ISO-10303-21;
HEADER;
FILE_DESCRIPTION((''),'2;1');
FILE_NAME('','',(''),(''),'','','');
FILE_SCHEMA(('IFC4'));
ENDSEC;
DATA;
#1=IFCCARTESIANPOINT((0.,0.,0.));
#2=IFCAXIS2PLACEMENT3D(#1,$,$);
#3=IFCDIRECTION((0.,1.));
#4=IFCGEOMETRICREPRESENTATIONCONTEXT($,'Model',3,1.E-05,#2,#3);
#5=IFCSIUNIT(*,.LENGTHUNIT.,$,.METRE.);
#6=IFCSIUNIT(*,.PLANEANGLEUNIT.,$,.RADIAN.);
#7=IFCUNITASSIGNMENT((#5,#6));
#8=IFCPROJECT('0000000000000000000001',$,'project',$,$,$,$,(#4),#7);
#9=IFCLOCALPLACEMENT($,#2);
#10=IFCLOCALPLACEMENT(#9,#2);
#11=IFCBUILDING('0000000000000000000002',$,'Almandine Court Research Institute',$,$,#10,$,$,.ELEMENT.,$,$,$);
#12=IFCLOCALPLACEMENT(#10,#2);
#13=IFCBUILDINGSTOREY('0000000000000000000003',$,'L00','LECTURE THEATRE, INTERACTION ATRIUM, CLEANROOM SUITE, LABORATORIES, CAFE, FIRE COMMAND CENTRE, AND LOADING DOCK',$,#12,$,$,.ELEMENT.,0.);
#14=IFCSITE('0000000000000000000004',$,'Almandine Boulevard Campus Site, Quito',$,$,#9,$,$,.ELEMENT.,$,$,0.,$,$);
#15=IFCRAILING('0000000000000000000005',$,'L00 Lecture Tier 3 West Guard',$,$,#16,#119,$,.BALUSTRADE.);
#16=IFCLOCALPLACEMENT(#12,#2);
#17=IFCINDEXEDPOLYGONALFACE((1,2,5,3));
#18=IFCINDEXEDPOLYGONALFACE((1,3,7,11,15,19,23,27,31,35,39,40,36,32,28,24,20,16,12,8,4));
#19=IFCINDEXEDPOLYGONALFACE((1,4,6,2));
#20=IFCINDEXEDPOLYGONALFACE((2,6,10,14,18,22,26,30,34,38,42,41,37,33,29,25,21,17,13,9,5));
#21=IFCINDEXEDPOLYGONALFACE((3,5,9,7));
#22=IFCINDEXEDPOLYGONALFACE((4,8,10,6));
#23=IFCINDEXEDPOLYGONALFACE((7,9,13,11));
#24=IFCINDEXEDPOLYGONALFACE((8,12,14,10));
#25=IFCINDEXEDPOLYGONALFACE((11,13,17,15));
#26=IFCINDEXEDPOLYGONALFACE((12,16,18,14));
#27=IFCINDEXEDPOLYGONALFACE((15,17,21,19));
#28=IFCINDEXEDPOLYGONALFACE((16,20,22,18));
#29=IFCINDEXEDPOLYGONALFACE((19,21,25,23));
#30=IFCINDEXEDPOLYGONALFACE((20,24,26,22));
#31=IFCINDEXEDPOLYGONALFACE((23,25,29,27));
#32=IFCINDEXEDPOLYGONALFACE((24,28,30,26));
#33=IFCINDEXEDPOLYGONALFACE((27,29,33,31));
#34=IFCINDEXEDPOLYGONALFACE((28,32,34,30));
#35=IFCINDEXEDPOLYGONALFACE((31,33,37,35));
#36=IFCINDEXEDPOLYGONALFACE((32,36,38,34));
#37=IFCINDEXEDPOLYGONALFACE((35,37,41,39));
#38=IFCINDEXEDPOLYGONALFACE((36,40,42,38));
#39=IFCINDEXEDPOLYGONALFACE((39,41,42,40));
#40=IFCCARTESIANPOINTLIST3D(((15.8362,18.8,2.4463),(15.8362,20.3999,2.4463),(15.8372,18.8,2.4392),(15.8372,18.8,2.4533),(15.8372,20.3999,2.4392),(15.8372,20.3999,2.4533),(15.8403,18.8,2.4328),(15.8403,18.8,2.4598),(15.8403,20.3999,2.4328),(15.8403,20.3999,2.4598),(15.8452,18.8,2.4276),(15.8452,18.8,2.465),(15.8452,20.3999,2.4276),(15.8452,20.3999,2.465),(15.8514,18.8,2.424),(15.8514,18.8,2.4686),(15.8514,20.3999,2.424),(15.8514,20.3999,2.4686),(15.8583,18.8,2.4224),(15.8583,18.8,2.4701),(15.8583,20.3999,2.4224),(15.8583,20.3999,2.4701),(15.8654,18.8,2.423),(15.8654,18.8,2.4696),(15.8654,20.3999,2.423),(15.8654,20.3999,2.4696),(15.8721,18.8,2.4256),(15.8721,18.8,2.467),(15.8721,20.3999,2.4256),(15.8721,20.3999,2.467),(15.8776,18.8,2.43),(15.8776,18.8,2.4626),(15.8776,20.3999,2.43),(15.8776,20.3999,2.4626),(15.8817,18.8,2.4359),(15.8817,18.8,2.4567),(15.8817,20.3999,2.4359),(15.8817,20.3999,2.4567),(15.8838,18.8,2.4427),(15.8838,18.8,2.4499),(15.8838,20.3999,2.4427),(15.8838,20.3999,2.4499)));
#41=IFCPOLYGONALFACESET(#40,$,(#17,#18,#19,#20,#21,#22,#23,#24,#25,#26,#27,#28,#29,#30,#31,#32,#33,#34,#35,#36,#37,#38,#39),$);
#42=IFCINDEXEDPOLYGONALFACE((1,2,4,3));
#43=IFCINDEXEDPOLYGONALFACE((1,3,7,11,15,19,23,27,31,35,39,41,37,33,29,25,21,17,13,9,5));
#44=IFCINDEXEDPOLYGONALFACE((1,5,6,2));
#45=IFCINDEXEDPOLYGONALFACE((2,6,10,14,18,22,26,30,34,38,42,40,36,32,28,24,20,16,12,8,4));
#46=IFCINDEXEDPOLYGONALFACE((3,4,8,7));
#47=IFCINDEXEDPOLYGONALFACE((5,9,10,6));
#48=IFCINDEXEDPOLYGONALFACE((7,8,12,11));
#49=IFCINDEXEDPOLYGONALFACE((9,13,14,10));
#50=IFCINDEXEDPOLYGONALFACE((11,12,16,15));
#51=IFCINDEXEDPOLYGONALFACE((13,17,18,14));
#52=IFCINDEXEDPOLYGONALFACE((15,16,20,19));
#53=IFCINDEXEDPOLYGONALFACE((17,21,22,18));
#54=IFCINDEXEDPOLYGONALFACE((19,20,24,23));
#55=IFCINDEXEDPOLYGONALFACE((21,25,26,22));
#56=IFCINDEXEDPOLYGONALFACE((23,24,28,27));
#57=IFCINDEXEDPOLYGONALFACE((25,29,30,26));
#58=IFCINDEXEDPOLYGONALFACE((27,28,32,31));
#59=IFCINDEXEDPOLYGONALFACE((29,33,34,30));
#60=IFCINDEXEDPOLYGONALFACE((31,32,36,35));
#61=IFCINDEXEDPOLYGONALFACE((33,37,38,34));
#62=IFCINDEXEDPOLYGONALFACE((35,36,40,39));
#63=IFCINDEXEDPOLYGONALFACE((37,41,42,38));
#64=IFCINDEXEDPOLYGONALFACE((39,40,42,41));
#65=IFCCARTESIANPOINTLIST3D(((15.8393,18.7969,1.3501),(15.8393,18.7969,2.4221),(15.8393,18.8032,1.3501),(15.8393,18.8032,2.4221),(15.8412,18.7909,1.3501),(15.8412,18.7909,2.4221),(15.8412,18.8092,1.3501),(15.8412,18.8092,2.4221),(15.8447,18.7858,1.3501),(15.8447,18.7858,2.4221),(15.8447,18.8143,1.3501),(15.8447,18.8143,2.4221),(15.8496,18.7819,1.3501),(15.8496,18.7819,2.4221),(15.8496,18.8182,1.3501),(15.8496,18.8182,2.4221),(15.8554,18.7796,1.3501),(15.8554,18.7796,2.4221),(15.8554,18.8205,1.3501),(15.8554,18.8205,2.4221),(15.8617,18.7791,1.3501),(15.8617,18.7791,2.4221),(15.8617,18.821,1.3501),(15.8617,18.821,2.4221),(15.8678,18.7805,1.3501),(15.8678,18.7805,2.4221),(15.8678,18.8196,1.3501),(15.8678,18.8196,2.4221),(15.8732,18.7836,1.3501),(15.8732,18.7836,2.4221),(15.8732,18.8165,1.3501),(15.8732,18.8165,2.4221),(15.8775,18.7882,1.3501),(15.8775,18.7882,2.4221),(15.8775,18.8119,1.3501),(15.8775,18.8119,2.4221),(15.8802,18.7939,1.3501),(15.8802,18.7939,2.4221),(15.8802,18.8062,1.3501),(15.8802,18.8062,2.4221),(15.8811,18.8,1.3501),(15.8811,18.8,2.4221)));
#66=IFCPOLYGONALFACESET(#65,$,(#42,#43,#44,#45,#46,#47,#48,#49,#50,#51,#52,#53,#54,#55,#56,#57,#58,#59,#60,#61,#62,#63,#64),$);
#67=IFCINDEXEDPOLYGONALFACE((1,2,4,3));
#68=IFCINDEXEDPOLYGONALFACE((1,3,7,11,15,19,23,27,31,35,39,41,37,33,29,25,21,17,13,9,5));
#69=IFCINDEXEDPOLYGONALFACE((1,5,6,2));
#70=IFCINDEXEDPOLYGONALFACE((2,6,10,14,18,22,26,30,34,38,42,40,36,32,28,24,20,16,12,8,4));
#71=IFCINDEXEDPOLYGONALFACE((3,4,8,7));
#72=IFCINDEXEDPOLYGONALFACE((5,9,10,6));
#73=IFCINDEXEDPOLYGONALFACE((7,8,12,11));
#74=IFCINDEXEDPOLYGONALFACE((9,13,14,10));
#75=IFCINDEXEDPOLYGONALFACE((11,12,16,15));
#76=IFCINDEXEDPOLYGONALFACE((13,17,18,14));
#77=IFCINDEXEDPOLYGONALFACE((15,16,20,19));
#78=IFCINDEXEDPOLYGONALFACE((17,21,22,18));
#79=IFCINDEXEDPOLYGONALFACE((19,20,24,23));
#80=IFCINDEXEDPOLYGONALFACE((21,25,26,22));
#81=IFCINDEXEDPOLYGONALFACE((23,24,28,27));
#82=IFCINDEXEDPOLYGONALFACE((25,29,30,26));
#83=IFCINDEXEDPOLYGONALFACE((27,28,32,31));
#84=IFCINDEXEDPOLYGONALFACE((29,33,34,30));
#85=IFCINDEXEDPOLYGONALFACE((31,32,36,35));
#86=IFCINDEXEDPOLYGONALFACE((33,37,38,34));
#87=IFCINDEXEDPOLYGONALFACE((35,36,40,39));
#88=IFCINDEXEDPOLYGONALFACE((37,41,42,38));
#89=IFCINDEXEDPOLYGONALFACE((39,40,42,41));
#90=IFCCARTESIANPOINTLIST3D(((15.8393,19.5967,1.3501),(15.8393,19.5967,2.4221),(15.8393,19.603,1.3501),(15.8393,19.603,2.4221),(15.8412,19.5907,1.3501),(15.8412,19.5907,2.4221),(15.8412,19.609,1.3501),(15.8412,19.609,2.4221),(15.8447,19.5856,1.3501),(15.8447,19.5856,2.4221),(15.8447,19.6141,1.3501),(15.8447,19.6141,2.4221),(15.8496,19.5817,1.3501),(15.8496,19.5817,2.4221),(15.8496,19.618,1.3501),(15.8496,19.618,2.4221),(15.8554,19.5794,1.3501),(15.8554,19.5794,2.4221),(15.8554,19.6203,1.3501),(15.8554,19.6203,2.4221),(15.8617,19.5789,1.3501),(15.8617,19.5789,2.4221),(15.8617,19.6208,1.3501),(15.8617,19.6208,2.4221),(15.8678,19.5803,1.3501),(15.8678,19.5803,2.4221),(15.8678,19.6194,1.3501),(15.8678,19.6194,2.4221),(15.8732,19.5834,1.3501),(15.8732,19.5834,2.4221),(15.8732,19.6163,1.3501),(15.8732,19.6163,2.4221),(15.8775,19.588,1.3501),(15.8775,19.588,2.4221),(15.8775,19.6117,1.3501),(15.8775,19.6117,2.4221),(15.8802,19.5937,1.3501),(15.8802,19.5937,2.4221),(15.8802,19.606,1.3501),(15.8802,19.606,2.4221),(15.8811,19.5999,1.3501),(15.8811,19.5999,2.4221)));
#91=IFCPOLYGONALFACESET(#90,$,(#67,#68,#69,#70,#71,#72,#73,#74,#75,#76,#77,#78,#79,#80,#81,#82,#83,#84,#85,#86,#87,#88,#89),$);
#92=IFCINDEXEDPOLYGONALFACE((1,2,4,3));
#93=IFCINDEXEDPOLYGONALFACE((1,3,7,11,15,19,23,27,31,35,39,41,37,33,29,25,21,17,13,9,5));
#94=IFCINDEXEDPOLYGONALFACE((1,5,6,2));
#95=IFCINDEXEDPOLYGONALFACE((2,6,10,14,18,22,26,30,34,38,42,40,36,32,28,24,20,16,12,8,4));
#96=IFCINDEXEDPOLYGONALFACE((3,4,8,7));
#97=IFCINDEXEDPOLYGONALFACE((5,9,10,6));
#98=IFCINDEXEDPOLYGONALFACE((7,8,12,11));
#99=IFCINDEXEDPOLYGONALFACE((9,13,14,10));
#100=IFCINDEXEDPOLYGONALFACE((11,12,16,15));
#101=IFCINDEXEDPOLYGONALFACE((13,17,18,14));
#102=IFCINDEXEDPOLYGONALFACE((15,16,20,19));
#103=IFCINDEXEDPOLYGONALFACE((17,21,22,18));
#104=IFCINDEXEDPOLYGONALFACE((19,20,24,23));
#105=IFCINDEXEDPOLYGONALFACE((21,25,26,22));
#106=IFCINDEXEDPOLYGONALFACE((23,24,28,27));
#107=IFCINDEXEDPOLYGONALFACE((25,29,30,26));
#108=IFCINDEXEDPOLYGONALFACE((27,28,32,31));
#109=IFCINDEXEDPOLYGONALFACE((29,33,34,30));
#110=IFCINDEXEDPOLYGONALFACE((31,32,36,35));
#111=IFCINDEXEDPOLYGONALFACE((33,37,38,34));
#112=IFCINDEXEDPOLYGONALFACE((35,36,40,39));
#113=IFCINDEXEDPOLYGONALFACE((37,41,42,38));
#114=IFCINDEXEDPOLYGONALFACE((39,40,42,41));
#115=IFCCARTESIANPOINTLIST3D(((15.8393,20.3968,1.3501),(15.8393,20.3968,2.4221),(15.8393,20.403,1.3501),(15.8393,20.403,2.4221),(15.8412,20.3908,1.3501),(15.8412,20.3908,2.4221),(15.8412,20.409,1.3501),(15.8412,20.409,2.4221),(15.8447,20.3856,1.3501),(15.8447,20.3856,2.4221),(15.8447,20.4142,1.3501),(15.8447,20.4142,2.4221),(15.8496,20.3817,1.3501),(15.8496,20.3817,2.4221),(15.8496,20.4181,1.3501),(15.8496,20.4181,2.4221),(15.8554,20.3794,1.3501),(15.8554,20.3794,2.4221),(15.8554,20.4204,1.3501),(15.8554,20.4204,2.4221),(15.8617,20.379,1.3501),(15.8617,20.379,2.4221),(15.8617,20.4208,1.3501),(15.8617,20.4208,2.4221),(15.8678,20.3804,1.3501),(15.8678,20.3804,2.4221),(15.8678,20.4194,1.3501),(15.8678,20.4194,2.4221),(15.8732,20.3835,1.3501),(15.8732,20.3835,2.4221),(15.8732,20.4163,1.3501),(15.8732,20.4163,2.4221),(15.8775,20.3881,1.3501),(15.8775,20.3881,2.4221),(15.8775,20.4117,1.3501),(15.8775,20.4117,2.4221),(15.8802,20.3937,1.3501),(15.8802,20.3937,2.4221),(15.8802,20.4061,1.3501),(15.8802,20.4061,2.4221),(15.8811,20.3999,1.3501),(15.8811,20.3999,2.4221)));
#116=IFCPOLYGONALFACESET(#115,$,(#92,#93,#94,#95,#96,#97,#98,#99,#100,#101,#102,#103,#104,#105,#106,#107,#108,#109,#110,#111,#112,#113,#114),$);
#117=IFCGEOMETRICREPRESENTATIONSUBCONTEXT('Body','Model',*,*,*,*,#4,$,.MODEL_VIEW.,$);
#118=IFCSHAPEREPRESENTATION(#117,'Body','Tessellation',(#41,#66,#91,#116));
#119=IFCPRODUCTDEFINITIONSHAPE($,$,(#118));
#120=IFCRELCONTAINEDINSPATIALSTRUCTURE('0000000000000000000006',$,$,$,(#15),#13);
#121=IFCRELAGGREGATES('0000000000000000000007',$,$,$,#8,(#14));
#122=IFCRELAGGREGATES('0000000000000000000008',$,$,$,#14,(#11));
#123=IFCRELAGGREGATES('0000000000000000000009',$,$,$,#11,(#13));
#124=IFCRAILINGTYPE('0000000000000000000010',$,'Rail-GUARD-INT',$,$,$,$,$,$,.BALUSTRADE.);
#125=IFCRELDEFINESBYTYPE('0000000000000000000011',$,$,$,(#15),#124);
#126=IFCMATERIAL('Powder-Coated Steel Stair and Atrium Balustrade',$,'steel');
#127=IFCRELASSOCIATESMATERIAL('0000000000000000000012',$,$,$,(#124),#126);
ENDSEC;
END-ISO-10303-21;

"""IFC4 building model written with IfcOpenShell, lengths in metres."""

from ifc_helpers import new_model, si_unit, direction, frame, origin, origin_2d, place, context, subcontext, project, spatial, circle, extrude, material, type_object, element, save


model = new_model("IFC4")

# Units and contexts
model_context = context("Model", 3, precision=1e-05, world=origin(), true_north=direction((0.0, 1.0)))
body_context = subcontext(model_context, "Body", "Model", "MODEL_VIEW")
ifc_project = project(units=[si_unit("LENGTHUNIT", "METRE"), si_unit("PLANEANGLEUNIT", "RADIAN")], contexts=[model_context])

# Site, building, storey
site_placement = place(None, origin())
site = spatial("IfcSite", under=ifc_project, at=site_placement, Name="Almandine Boulevard Campus Site, Quito", CompositionType="ELEMENT", RefElevation=0.0)
building_placement = place(site_placement, origin())
building = spatial("IfcBuilding", under=site, at=building_placement, Name="Almandine Court Research Institute", CompositionType="ELEMENT")
storey_placement = place(building_placement, origin())
storey = spatial("IfcBuildingStorey", under=building, at=storey_placement, Name="L00", Description="LECTURE THEATRE, INTERACTION ATRIUM, CLEANROOM SUITE, LABORATORIES, CAFE, FIRE COMMAND CENTRE, AND LOADING DOCK", CompositionType="ELEMENT", Elevation=0.0)

# Railing
ifc_material_1 = material(Name="Powder-Coated Steel Stair and Atrium Balustrade", Category="steel")
railing_type = type_object("IfcRailingType", Name="Rail-GUARD-INT", PredefinedType="BALUSTRADE", material=ifc_material_1)
railing_1_placement = place(storey_placement, frame((15.8601, 18.8, 1.3501)))
element("IfcRailing", 1, at=railing_1_placement, inside=storey, type_object=railing_type, Name="L00 Lecture Tier 3 West Guard", PredefinedType="BALUSTRADE", context=body_context, shape_type="SweptSolid", body=[
    extrude(circle(Radius=0.0239, at=origin_2d()), frame((0.0, 0.0, 1.0962), z_axis=(0.0, 1.0, 0.0), x_axis=(-1.0, 0.0, 0.0)), (0.0, 0.0, 1.0), 1.5999),
    extrude(circle(Radius=0.021, at=origin_2d()), origin(), (0.0, 0.0, 1.0), 1.072),
    extrude(circle(Radius=0.021, at=origin_2d()), frame((0.0, 0.7998, 0.0)), (0.0, 0.0, 1.0), 1.072),
    extrude(circle(Radius=0.021, at=origin_2d()), frame((0.0, 1.5999, 0.0)), (0.0, 0.0, 1.0), 1.072),
])

save(model, "model.ifc")
